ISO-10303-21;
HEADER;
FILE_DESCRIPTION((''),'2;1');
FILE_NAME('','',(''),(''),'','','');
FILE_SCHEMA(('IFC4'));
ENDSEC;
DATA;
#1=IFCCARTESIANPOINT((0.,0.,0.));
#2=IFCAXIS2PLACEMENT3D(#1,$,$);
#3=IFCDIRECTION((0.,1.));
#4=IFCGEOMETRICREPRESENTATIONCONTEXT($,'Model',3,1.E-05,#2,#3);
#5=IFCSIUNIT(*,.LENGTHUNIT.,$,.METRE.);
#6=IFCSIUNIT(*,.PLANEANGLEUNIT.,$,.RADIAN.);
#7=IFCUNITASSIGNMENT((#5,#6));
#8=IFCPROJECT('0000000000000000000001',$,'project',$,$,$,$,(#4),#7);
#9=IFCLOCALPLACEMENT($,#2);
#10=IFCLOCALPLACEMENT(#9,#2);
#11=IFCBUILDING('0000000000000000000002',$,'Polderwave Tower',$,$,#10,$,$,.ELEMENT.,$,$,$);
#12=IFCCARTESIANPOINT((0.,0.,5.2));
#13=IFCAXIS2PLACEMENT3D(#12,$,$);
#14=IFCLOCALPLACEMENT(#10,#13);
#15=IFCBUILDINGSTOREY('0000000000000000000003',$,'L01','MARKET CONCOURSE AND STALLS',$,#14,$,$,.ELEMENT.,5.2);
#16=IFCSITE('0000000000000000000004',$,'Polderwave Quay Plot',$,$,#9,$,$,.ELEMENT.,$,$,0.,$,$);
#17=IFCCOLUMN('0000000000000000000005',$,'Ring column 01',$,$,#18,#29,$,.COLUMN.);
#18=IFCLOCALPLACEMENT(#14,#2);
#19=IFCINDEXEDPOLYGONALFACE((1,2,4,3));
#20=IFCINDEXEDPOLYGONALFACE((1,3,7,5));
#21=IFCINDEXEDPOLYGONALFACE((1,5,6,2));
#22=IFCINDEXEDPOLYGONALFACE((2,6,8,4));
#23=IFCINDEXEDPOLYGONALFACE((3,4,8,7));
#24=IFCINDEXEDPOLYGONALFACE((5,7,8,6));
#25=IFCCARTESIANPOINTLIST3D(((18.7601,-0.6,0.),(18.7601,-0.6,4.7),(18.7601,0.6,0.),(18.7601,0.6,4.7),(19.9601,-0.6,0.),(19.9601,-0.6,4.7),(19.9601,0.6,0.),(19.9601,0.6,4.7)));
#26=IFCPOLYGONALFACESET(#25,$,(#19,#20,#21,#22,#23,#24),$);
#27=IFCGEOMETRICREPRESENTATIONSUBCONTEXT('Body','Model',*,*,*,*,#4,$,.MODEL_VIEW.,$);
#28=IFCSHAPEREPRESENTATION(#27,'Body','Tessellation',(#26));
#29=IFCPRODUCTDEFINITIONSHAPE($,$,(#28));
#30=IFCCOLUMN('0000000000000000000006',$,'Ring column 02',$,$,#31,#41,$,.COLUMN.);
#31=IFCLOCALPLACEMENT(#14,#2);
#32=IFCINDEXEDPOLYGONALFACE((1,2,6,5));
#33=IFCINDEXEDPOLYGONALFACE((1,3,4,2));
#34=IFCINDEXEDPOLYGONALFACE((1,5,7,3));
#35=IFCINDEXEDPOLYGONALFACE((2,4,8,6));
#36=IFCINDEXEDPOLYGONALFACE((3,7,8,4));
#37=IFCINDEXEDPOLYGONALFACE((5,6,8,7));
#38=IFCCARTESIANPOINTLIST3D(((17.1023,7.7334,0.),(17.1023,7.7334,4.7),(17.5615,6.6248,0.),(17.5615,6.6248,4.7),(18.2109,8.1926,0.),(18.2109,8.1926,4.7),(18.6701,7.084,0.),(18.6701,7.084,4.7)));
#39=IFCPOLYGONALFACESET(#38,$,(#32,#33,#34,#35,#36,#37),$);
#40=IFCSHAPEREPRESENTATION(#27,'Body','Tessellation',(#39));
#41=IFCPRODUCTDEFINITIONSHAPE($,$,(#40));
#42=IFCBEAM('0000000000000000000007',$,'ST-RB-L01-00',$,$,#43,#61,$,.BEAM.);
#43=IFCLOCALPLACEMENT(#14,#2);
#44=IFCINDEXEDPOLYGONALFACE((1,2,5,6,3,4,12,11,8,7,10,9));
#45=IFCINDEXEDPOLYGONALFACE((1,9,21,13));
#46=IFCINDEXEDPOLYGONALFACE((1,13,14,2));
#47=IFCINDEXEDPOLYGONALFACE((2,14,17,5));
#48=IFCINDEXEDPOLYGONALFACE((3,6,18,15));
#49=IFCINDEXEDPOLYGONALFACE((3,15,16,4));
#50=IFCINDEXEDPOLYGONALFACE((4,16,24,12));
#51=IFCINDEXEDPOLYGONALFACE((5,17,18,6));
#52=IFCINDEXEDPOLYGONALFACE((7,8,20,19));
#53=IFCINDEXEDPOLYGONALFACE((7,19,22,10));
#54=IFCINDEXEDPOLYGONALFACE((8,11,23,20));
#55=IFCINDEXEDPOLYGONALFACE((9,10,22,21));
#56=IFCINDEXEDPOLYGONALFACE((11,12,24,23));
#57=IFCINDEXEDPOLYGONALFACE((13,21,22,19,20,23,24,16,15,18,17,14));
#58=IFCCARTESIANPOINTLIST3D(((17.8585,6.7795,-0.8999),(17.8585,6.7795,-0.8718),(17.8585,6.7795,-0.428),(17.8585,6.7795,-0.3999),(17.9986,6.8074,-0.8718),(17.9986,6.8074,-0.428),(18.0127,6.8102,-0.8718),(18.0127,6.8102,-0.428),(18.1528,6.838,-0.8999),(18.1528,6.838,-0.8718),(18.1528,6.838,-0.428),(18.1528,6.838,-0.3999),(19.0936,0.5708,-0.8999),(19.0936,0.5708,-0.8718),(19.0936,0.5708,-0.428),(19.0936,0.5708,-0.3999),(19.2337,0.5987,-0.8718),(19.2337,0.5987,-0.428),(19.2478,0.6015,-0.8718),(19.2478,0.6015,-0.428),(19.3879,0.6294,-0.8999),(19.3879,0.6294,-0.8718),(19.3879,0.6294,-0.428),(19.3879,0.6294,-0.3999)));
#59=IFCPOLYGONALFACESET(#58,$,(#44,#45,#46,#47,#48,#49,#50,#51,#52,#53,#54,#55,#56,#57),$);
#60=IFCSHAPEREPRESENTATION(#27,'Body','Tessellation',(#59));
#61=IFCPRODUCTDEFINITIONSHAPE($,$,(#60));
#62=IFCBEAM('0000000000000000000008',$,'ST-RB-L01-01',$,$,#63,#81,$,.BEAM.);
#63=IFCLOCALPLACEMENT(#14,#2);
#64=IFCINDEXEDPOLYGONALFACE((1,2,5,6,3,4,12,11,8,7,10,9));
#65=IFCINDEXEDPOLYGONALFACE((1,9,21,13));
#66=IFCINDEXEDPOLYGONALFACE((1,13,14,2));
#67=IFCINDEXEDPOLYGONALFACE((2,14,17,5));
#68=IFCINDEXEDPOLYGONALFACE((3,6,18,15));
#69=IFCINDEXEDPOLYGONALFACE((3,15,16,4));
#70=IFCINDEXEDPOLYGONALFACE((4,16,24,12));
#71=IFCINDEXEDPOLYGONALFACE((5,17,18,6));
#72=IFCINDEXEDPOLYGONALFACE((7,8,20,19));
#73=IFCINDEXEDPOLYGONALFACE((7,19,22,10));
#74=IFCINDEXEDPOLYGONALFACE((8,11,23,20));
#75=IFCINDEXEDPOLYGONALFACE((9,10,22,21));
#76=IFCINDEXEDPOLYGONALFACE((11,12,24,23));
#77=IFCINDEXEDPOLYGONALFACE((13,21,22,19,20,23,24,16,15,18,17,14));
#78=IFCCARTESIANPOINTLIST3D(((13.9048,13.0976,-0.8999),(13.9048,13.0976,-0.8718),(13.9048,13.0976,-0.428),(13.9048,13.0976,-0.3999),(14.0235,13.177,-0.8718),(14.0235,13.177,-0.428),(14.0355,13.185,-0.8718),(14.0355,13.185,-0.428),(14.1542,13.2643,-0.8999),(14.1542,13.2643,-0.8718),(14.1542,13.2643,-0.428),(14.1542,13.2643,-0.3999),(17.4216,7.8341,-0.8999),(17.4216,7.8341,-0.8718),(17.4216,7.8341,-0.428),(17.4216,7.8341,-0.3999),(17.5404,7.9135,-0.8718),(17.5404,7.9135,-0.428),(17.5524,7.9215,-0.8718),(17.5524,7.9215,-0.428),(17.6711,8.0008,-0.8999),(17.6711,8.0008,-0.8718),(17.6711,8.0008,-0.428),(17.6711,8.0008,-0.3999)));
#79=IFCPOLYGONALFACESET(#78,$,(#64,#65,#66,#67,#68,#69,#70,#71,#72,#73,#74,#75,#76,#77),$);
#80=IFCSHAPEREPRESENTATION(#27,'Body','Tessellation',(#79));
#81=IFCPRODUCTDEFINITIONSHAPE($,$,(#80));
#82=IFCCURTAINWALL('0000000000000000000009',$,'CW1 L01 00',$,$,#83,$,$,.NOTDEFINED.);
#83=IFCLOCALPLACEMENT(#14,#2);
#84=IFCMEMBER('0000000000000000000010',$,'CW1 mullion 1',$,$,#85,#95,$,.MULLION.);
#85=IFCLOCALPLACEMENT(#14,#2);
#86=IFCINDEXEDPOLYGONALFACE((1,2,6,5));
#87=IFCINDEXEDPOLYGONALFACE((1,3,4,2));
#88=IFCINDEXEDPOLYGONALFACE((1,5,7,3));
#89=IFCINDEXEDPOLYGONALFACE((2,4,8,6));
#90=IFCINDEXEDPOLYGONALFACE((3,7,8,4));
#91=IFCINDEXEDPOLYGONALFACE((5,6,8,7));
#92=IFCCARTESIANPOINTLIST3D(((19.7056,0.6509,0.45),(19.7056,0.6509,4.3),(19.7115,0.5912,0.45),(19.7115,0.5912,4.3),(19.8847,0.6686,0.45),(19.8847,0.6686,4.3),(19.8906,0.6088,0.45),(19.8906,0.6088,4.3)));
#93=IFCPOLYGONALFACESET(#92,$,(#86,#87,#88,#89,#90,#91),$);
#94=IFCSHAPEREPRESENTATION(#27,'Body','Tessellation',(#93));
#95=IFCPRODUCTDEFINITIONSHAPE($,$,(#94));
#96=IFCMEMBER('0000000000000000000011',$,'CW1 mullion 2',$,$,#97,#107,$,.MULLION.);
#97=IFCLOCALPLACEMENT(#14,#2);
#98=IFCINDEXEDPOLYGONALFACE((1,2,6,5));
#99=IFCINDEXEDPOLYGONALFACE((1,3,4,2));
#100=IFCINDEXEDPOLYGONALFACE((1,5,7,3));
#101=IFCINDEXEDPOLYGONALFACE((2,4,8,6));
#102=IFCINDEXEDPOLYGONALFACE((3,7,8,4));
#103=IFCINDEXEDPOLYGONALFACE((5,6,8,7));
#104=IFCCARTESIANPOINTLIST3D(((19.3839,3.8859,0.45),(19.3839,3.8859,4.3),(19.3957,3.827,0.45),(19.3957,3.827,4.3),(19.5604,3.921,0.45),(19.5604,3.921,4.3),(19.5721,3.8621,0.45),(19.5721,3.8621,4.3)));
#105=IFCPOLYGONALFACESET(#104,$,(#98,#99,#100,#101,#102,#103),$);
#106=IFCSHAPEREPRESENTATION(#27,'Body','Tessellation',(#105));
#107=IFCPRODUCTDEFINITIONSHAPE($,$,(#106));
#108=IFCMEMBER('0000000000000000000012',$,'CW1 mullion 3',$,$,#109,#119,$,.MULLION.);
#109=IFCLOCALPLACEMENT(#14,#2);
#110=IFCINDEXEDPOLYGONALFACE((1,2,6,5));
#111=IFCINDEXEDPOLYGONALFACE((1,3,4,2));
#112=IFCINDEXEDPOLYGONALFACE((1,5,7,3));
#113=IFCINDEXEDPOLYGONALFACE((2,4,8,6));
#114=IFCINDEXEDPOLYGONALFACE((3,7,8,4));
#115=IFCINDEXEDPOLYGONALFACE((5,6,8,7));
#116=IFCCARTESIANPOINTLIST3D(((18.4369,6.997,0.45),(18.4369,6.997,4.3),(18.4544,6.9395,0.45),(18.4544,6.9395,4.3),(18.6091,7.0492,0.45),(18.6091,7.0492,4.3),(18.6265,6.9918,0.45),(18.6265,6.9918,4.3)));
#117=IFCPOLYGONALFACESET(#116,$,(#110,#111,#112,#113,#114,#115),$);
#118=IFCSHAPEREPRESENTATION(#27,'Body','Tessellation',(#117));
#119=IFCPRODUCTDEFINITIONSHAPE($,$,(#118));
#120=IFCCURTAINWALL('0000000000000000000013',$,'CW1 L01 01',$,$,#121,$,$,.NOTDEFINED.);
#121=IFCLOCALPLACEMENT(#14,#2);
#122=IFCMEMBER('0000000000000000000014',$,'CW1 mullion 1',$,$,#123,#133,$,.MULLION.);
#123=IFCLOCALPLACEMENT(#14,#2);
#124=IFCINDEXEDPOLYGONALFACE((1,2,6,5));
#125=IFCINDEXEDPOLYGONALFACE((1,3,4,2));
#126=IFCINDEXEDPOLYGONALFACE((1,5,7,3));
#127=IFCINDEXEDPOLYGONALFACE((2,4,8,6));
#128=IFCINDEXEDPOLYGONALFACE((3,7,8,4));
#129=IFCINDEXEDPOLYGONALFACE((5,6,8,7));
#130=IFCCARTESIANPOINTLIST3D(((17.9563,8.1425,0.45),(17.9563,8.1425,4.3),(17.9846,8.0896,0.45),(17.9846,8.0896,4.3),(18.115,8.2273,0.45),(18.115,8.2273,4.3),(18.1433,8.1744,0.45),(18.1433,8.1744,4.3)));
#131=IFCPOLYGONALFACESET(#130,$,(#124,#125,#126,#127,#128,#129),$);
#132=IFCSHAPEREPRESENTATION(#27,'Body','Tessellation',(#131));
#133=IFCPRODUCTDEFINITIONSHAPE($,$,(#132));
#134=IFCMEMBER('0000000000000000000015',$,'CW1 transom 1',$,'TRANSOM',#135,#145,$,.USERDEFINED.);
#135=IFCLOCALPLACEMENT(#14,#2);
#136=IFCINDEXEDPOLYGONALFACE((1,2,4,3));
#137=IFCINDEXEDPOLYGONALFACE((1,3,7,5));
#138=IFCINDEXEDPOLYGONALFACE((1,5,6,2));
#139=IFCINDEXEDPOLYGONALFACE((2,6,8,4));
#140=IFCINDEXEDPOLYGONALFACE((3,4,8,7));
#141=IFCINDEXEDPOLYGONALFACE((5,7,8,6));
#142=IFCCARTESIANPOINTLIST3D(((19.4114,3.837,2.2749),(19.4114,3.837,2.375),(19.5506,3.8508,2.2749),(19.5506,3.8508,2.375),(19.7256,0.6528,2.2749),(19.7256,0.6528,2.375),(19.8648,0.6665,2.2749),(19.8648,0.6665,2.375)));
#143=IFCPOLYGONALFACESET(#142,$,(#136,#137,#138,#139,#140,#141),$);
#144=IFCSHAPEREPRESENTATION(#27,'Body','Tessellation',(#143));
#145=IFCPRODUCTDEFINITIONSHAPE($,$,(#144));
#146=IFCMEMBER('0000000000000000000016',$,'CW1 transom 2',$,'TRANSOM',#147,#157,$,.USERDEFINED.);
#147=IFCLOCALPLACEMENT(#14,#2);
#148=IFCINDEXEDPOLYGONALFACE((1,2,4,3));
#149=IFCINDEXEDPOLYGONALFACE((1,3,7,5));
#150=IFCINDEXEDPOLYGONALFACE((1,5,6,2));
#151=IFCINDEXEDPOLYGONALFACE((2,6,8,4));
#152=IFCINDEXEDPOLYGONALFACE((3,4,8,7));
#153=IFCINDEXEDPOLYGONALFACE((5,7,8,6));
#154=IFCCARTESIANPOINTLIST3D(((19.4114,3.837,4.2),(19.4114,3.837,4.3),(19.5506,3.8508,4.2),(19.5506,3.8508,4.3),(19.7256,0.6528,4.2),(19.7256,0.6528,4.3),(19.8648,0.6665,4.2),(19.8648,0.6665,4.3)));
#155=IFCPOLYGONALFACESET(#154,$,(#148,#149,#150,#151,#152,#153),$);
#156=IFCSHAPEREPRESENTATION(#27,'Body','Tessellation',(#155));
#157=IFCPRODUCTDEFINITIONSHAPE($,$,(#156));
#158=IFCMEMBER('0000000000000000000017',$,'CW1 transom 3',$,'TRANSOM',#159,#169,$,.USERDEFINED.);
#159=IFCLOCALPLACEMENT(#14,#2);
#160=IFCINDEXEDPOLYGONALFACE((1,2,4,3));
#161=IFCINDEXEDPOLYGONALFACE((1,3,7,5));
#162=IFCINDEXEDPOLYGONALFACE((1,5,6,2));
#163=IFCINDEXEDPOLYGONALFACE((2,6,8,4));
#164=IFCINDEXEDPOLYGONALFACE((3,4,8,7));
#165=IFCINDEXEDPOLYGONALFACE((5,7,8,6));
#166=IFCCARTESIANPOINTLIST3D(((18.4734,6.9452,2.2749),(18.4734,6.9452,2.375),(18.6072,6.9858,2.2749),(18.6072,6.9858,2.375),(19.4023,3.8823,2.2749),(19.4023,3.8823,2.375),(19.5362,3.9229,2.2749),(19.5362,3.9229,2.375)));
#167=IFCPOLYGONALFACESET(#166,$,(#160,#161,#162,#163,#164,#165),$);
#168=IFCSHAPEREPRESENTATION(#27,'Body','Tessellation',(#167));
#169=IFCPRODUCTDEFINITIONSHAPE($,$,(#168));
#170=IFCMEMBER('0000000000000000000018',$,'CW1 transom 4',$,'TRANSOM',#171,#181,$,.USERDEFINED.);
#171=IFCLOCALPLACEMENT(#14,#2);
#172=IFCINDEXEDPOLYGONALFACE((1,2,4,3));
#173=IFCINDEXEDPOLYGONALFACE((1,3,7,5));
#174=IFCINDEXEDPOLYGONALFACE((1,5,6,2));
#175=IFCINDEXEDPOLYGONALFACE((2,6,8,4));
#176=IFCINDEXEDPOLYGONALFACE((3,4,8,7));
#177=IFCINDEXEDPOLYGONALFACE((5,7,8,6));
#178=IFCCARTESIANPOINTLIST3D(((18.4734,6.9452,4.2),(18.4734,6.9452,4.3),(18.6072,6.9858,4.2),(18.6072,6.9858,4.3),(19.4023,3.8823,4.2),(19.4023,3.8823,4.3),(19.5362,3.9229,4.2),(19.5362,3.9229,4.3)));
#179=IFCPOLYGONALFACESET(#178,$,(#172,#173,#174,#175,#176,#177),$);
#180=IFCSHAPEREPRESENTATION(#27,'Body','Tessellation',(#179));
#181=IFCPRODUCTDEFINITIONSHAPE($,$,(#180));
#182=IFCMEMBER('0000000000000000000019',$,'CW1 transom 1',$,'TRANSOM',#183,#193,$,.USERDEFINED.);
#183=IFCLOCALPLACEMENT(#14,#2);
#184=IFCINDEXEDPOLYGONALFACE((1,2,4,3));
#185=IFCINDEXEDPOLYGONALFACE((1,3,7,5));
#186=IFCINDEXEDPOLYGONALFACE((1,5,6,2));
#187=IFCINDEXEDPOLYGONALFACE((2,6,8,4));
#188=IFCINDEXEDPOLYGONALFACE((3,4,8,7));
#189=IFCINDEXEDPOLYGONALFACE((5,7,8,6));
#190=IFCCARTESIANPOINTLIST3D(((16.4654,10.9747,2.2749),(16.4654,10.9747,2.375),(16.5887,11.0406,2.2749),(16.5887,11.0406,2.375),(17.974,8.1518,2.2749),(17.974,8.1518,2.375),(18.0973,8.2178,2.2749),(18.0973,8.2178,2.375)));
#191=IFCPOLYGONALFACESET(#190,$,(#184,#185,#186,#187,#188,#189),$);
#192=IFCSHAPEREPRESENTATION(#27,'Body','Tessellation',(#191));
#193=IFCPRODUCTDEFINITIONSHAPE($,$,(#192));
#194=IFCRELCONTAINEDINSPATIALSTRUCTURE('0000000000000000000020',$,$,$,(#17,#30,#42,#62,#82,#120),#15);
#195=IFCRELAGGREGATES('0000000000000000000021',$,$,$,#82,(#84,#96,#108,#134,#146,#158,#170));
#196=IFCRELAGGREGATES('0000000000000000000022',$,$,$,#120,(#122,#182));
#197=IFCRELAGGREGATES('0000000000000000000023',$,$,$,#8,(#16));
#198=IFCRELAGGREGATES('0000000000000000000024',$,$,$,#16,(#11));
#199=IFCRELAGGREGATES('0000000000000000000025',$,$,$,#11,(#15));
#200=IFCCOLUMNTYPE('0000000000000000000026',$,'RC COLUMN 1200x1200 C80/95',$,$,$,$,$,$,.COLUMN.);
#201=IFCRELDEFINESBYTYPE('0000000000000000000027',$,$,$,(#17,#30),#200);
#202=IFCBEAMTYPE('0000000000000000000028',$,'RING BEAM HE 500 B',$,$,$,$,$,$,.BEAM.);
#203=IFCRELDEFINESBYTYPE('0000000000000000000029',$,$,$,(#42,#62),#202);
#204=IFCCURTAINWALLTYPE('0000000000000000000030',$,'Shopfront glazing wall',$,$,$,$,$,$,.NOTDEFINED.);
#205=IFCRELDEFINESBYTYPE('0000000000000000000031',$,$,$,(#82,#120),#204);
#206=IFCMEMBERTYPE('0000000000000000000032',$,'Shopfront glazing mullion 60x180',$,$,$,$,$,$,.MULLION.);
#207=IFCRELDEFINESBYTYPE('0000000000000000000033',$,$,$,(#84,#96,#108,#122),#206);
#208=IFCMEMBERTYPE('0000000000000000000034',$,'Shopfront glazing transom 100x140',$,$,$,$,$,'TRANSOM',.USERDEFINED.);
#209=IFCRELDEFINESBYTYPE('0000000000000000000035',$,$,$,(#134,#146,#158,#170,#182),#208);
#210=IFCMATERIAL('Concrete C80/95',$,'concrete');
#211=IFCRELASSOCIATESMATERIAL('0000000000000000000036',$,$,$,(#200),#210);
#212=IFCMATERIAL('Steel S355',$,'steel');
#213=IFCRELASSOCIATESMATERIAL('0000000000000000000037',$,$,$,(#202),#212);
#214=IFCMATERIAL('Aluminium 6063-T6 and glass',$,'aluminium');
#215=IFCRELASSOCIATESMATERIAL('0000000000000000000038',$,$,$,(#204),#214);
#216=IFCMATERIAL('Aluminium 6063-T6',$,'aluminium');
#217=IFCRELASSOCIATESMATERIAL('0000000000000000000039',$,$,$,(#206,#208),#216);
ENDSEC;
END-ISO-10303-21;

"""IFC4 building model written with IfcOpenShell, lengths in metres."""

from ifc_helpers import new_model, si_unit, direction, frame, origin, origin_2d, place, context, subcontext, project, spatial, rectangle, i_section, extrude, material, material_profile, profile_set, type_object, element, aggregate, save


model = new_model("IFC4")

# Units and contexts
model_context = context("Model", 3, precision=1e-05, world=origin(), true_north=direction((0.0, 1.0)))
body_context = subcontext(model_context, "Body", "Model", "MODEL_VIEW")
ifc_project = project(units=[si_unit("LENGTHUNIT", "METRE"), si_unit("PLANEANGLEUNIT", "RADIAN")], contexts=[model_context])

# Site, building, storey
site_placement = place(None, origin())
site = spatial("IfcSite", under=ifc_project, at=site_placement, Name="Polderwave Quay Plot", CompositionType="ELEMENT", RefElevation=0.0)
building_placement = place(site_placement, origin())
building = spatial("IfcBuilding", under=site, at=building_placement, Name="Polderwave Tower", CompositionType="ELEMENT")
storey_placement = place(building_placement, frame((0.0, 0.0, 5.2)))
storey = spatial("IfcBuildingStorey", under=building, at=storey_placement, Name="L01", Description="MARKET CONCOURSE AND STALLS", CompositionType="ELEMENT", Elevation=5.2)

# Columns
ifc_material_1 = material(Name="Concrete C80/95", Category="concrete")
ifc_material_profile_1 = material_profile(ifc_material_1, rectangle(XDim=1.2, YDim=1.2, at=origin_2d()), Name="RC 1200x1200")
ifc_profile_set_1 = profile_set([ifc_material_profile_1], Name="Concrete C80/95")
column_type = type_object("IfcColumnType", Name="RC COLUMN 1200x1200 C80/95", PredefinedType="COLUMN", material=ifc_profile_set_1)
for number, where, z_axis, x_axis, name in (
    (1, (19.3601, 0.0, 0.0), (0.0, 0.0, 1.0), (1.0, 0.0, 0.0), "Ring column 01"),
    (2, (17.8862, 7.4087, 0.0), (0.0, 0.0, 1.0), (0.92388, 0.382683, 0.0), "Ring column 02"),
):
    element("IfcColumn", number, at=place(storey_placement, frame(where, z_axis=z_axis, x_axis=x_axis)), inside=storey, type_object=column_type, Name=name, PredefinedType="COLUMN", context=body_context, shape_type="SweptSolid", body=[
        extrude(rectangle(XDim=1.2, YDim=1.2, at=origin_2d()), origin(), (0.0, 0.0, 1.0), 4.7),
    ])

# Beams
ifc_material_2 = material(Name="Steel S355", Category="steel")
ifc_material_profile_2 = material_profile(ifc_material_2, i_section(OverallWidth=0.3, OverallDepth=0.5, WebThickness=0.0144, FlangeThickness=0.0281, at=origin_2d()), Name="HE 500 B")
ifc_profile_set_2 = profile_set([ifc_material_profile_2], Name="Steel S355")
beam_type = type_object("IfcBeamType", Name="RING BEAM HE 500 B", PredefinedType="BEAM", material=ifc_profile_set_2)
for number, where, z_axis, x_axis, name in (
    (3, (19.2407, 0.6001, -0.6499), (-0.195107, 0.980782, 0.0), (-0.980782, -0.195107, 0.0), "ST-RB-L01-00"),
    (4, (17.5464, 7.9175, -0.6499), (-0.555563, 0.831474, 0.0), (-0.831474, -0.555563, 0.0), "ST-RB-L01-01"),
):
    element("IfcBeam", number, at=place(storey_placement, frame(where, z_axis=z_axis, x_axis=x_axis)), inside=storey, type_object=beam_type, Name=name, PredefinedType="BEAM", context=body_context, shape_type="SweptSolid", body=[
        extrude(i_section(OverallWidth=0.3, OverallDepth=0.5, WebThickness=0.0144, FlangeThickness=0.0281, at=origin_2d()), origin(), (0.0, 0.0, 1.0), 6.3303),
    ])

# Curtain wall, members
ifc_material_3 = material(Name="Aluminium 6063-T6 and glass", Category="aluminium")
curtain_wall_type = type_object("IfcCurtainWallType", Name="Shopfront glazing wall", PredefinedType="NOTDEFINED", material=ifc_material_3)
curtain_wall_1_placement = place(storey_placement, origin())
curtain_wall_1 = element("IfcCurtainWall", 5, at=curtain_wall_1_placement, inside=storey, type_object=curtain_wall_type, Name="CW1 L01 00", PredefinedType="NOTDEFINED")
ifc_material_4 = material(Name="Aluminium 6063-T6", Category="aluminium")
ifc_material_profile_3 = material_profile(ifc_material_4, rectangle(XDim=0.1799, YDim=0.0601, at=origin_2d()), Name="AL 60x180")
ifc_profile_set_3 = profile_set([ifc_material_profile_3], Name="Aluminium 6063-T6")
member_type_1 = type_object("IfcMemberType", Name="Shopfront glazing mullion 60x180", PredefinedType="MULLION", material=ifc_profile_set_3)
member_1_placement = place(storey_placement, frame((19.7981, 0.6299, 0.45), z_axis=(0.0, 0.0, 1.0), x_axis=(-0.995169, -0.098179, 0.0)))
member_1 = element("IfcMember", 6, at=member_1_placement, type_object=member_type_1, Name="CW1 mullion 1", PredefinedType="MULLION", context=body_context, shape_type="SweptSolid", body=[
    extrude(rectangle(XDim=0.1799, YDim=0.0601, at=origin_2d()), origin(), (0.0, 0.0, 1.0), 3.8501),
])
member_2_placement = place(storey_placement, frame((19.478, 3.874, 0.45), z_axis=(0.0, 0.0, 1.0), x_axis=(-0.980776, -0.195137, 0.0)))
member_2 = element("IfcMember", 7, at=member_2_placement, type_object=member_type_1, Name="CW1 mullion 2", PredefinedType="MULLION", context=body_context, shape_type="SweptSolid", body=[
    extrude(rectangle(XDim=0.1799, YDim=0.0601, at=origin_2d()), origin(), (0.0, 0.0, 1.0), 3.8501),
])
member_3_placement = place(storey_placement, frame((18.5317, 6.9944, 0.45), z_axis=(0.0, 0.0, 1.0), x_axis=(-0.956961, -0.290218, 0.0)))
member_3 = element("IfcMember", 8, at=member_3_placement, type_object=member_type_1, Name="CW1 mullion 3", PredefinedType="MULLION", context=body_context, shape_type="SweptSolid", body=[
    extrude(rectangle(XDim=0.1799, YDim=0.0601, at=origin_2d()), origin(), (0.0, 0.0, 1.0), 3.8501),
])

# Curtain wall, member
curtain_wall_2_placement = place(storey_placement, origin())
curtain_wall_2 = element("IfcCurtainWall", 9, at=curtain_wall_2_placement, inside=storey, type_object=curtain_wall_type, Name="CW1 L01 01", PredefinedType="NOTDEFINED")
member_4_placement = place(storey_placement, frame((18.0498, 8.1584, 0.45), z_axis=(0.0, 0.0, 1.0), x_axis=(-0.88194, -0.471361, 0.0)))
member_4 = element("IfcMember", 10, at=member_4_placement, type_object=member_type_1, Name="CW1 mullion 1", PredefinedType="MULLION", context=body_context, shape_type="SweptSolid", body=[
    extrude(rectangle(XDim=0.1799, YDim=0.0601, at=origin_2d()), origin(), (0.0, 0.0, 1.0), 3.8501),
])

# Members
ifc_material_profile_4 = material_profile(ifc_material_4, rectangle(XDim=0.1399, YDim=0.1001, at=origin_2d()), Name="AL 100x140")
ifc_profile_set_4 = profile_set([ifc_material_profile_4], Name="Aluminium 6063-T6")
member_type_2 = type_object("IfcMemberType", Name="Shopfront glazing transom 100x140", ElementType="TRANSOM", PredefinedType="USERDEFINED", material=ifc_profile_set_4)
member_5_placement = place(storey_placement, frame((19.7952, 0.6597, 2.325), z_axis=(-0.098197, 0.995167, 0.0), x_axis=(-0.995167, -0.098197, 0.0)))
member_5 = element("IfcMember", 11, at=member_5_placement, type_object=member_type_2, Name="CW1 transom 1", ObjectType="TRANSOM", PredefinedType="USERDEFINED", context=body_context, shape_type="SweptSolid", body=[
    extrude(rectangle(XDim=0.1399, YDim=0.1001, at=origin_2d()), origin(), (0.0, 0.0, 1.0), 3.1997),
])
member_6_placement = place(storey_placement, frame((19.7952, 0.6597, 4.25), z_axis=(-0.098197, 0.995167, 0.0), x_axis=(-0.995167, -0.098197, 0.0)))
member_6 = element("IfcMember", 12, at=member_6_placement, type_object=member_type_2, Name="CW1 transom 2", ObjectType="TRANSOM", PredefinedType="USERDEFINED", context=body_context, shape_type="SweptSolid", body=[
    extrude(rectangle(XDim=0.1399, YDim=0.1001, at=origin_2d()), origin(), (0.0, 0.0, 1.0), 3.1997),
])
member_7_placement = place(storey_placement, frame((19.4692, 3.9026, 2.325), z_axis=(-0.29023, 0.956957, 0.0), x_axis=(-0.956957, -0.29023, 0.0)))
member_7 = element("IfcMember", 13, at=member_7_placement, type_object=member_type_2, Name="CW1 transom 3", ObjectType="TRANSOM", PredefinedType="USERDEFINED", context=body_context, shape_type="SweptSolid", body=[
    extrude(rectangle(XDim=0.1399, YDim=0.1001, at=origin_2d()), origin(), (0.0, 0.0, 1.0), 3.2007),
])
member_8_placement = place(storey_placement, frame((19.4692, 3.9026, 4.25), z_axis=(-0.29023, 0.956957, 0.0), x_axis=(-0.956957, -0.29023, 0.0)))
member_8 = element("IfcMember", 14, at=member_8_placement, type_object=member_type_2, Name="CW1 transom 4", ObjectType="TRANSOM", PredefinedType="USERDEFINED", context=body_context, shape_type="SweptSolid", body=[
    extrude(rectangle(XDim=0.1399, YDim=0.1001, at=origin_2d()), origin(), (0.0, 0.0, 1.0), 3.2007),
])
member_9_placement = place(storey_placement, frame((18.0356, 8.1848, 2.325), z_axis=(-0.471336, 0.881954, 0.0), x_axis=(-0.881954, -0.471336, 0.0)))
member_9 = element("IfcMember", 15, at=member_9_placement, type_object=member_type_2, Name="CW1 transom 1", ObjectType="TRANSOM", PredefinedType="USERDEFINED", context=body_context, shape_type="SweptSolid", body=[
    extrude(rectangle(XDim=0.1399, YDim=0.1001, at=origin_2d()), origin(), (0.0, 0.0, 1.0), 3.2007),
])

aggregate(curtain_wall_1, [member_1, member_2, member_3, member_5, member_6, member_7, member_8])
aggregate(curtain_wall_2, [member_4, member_9])

save(model, "model.ifc")
